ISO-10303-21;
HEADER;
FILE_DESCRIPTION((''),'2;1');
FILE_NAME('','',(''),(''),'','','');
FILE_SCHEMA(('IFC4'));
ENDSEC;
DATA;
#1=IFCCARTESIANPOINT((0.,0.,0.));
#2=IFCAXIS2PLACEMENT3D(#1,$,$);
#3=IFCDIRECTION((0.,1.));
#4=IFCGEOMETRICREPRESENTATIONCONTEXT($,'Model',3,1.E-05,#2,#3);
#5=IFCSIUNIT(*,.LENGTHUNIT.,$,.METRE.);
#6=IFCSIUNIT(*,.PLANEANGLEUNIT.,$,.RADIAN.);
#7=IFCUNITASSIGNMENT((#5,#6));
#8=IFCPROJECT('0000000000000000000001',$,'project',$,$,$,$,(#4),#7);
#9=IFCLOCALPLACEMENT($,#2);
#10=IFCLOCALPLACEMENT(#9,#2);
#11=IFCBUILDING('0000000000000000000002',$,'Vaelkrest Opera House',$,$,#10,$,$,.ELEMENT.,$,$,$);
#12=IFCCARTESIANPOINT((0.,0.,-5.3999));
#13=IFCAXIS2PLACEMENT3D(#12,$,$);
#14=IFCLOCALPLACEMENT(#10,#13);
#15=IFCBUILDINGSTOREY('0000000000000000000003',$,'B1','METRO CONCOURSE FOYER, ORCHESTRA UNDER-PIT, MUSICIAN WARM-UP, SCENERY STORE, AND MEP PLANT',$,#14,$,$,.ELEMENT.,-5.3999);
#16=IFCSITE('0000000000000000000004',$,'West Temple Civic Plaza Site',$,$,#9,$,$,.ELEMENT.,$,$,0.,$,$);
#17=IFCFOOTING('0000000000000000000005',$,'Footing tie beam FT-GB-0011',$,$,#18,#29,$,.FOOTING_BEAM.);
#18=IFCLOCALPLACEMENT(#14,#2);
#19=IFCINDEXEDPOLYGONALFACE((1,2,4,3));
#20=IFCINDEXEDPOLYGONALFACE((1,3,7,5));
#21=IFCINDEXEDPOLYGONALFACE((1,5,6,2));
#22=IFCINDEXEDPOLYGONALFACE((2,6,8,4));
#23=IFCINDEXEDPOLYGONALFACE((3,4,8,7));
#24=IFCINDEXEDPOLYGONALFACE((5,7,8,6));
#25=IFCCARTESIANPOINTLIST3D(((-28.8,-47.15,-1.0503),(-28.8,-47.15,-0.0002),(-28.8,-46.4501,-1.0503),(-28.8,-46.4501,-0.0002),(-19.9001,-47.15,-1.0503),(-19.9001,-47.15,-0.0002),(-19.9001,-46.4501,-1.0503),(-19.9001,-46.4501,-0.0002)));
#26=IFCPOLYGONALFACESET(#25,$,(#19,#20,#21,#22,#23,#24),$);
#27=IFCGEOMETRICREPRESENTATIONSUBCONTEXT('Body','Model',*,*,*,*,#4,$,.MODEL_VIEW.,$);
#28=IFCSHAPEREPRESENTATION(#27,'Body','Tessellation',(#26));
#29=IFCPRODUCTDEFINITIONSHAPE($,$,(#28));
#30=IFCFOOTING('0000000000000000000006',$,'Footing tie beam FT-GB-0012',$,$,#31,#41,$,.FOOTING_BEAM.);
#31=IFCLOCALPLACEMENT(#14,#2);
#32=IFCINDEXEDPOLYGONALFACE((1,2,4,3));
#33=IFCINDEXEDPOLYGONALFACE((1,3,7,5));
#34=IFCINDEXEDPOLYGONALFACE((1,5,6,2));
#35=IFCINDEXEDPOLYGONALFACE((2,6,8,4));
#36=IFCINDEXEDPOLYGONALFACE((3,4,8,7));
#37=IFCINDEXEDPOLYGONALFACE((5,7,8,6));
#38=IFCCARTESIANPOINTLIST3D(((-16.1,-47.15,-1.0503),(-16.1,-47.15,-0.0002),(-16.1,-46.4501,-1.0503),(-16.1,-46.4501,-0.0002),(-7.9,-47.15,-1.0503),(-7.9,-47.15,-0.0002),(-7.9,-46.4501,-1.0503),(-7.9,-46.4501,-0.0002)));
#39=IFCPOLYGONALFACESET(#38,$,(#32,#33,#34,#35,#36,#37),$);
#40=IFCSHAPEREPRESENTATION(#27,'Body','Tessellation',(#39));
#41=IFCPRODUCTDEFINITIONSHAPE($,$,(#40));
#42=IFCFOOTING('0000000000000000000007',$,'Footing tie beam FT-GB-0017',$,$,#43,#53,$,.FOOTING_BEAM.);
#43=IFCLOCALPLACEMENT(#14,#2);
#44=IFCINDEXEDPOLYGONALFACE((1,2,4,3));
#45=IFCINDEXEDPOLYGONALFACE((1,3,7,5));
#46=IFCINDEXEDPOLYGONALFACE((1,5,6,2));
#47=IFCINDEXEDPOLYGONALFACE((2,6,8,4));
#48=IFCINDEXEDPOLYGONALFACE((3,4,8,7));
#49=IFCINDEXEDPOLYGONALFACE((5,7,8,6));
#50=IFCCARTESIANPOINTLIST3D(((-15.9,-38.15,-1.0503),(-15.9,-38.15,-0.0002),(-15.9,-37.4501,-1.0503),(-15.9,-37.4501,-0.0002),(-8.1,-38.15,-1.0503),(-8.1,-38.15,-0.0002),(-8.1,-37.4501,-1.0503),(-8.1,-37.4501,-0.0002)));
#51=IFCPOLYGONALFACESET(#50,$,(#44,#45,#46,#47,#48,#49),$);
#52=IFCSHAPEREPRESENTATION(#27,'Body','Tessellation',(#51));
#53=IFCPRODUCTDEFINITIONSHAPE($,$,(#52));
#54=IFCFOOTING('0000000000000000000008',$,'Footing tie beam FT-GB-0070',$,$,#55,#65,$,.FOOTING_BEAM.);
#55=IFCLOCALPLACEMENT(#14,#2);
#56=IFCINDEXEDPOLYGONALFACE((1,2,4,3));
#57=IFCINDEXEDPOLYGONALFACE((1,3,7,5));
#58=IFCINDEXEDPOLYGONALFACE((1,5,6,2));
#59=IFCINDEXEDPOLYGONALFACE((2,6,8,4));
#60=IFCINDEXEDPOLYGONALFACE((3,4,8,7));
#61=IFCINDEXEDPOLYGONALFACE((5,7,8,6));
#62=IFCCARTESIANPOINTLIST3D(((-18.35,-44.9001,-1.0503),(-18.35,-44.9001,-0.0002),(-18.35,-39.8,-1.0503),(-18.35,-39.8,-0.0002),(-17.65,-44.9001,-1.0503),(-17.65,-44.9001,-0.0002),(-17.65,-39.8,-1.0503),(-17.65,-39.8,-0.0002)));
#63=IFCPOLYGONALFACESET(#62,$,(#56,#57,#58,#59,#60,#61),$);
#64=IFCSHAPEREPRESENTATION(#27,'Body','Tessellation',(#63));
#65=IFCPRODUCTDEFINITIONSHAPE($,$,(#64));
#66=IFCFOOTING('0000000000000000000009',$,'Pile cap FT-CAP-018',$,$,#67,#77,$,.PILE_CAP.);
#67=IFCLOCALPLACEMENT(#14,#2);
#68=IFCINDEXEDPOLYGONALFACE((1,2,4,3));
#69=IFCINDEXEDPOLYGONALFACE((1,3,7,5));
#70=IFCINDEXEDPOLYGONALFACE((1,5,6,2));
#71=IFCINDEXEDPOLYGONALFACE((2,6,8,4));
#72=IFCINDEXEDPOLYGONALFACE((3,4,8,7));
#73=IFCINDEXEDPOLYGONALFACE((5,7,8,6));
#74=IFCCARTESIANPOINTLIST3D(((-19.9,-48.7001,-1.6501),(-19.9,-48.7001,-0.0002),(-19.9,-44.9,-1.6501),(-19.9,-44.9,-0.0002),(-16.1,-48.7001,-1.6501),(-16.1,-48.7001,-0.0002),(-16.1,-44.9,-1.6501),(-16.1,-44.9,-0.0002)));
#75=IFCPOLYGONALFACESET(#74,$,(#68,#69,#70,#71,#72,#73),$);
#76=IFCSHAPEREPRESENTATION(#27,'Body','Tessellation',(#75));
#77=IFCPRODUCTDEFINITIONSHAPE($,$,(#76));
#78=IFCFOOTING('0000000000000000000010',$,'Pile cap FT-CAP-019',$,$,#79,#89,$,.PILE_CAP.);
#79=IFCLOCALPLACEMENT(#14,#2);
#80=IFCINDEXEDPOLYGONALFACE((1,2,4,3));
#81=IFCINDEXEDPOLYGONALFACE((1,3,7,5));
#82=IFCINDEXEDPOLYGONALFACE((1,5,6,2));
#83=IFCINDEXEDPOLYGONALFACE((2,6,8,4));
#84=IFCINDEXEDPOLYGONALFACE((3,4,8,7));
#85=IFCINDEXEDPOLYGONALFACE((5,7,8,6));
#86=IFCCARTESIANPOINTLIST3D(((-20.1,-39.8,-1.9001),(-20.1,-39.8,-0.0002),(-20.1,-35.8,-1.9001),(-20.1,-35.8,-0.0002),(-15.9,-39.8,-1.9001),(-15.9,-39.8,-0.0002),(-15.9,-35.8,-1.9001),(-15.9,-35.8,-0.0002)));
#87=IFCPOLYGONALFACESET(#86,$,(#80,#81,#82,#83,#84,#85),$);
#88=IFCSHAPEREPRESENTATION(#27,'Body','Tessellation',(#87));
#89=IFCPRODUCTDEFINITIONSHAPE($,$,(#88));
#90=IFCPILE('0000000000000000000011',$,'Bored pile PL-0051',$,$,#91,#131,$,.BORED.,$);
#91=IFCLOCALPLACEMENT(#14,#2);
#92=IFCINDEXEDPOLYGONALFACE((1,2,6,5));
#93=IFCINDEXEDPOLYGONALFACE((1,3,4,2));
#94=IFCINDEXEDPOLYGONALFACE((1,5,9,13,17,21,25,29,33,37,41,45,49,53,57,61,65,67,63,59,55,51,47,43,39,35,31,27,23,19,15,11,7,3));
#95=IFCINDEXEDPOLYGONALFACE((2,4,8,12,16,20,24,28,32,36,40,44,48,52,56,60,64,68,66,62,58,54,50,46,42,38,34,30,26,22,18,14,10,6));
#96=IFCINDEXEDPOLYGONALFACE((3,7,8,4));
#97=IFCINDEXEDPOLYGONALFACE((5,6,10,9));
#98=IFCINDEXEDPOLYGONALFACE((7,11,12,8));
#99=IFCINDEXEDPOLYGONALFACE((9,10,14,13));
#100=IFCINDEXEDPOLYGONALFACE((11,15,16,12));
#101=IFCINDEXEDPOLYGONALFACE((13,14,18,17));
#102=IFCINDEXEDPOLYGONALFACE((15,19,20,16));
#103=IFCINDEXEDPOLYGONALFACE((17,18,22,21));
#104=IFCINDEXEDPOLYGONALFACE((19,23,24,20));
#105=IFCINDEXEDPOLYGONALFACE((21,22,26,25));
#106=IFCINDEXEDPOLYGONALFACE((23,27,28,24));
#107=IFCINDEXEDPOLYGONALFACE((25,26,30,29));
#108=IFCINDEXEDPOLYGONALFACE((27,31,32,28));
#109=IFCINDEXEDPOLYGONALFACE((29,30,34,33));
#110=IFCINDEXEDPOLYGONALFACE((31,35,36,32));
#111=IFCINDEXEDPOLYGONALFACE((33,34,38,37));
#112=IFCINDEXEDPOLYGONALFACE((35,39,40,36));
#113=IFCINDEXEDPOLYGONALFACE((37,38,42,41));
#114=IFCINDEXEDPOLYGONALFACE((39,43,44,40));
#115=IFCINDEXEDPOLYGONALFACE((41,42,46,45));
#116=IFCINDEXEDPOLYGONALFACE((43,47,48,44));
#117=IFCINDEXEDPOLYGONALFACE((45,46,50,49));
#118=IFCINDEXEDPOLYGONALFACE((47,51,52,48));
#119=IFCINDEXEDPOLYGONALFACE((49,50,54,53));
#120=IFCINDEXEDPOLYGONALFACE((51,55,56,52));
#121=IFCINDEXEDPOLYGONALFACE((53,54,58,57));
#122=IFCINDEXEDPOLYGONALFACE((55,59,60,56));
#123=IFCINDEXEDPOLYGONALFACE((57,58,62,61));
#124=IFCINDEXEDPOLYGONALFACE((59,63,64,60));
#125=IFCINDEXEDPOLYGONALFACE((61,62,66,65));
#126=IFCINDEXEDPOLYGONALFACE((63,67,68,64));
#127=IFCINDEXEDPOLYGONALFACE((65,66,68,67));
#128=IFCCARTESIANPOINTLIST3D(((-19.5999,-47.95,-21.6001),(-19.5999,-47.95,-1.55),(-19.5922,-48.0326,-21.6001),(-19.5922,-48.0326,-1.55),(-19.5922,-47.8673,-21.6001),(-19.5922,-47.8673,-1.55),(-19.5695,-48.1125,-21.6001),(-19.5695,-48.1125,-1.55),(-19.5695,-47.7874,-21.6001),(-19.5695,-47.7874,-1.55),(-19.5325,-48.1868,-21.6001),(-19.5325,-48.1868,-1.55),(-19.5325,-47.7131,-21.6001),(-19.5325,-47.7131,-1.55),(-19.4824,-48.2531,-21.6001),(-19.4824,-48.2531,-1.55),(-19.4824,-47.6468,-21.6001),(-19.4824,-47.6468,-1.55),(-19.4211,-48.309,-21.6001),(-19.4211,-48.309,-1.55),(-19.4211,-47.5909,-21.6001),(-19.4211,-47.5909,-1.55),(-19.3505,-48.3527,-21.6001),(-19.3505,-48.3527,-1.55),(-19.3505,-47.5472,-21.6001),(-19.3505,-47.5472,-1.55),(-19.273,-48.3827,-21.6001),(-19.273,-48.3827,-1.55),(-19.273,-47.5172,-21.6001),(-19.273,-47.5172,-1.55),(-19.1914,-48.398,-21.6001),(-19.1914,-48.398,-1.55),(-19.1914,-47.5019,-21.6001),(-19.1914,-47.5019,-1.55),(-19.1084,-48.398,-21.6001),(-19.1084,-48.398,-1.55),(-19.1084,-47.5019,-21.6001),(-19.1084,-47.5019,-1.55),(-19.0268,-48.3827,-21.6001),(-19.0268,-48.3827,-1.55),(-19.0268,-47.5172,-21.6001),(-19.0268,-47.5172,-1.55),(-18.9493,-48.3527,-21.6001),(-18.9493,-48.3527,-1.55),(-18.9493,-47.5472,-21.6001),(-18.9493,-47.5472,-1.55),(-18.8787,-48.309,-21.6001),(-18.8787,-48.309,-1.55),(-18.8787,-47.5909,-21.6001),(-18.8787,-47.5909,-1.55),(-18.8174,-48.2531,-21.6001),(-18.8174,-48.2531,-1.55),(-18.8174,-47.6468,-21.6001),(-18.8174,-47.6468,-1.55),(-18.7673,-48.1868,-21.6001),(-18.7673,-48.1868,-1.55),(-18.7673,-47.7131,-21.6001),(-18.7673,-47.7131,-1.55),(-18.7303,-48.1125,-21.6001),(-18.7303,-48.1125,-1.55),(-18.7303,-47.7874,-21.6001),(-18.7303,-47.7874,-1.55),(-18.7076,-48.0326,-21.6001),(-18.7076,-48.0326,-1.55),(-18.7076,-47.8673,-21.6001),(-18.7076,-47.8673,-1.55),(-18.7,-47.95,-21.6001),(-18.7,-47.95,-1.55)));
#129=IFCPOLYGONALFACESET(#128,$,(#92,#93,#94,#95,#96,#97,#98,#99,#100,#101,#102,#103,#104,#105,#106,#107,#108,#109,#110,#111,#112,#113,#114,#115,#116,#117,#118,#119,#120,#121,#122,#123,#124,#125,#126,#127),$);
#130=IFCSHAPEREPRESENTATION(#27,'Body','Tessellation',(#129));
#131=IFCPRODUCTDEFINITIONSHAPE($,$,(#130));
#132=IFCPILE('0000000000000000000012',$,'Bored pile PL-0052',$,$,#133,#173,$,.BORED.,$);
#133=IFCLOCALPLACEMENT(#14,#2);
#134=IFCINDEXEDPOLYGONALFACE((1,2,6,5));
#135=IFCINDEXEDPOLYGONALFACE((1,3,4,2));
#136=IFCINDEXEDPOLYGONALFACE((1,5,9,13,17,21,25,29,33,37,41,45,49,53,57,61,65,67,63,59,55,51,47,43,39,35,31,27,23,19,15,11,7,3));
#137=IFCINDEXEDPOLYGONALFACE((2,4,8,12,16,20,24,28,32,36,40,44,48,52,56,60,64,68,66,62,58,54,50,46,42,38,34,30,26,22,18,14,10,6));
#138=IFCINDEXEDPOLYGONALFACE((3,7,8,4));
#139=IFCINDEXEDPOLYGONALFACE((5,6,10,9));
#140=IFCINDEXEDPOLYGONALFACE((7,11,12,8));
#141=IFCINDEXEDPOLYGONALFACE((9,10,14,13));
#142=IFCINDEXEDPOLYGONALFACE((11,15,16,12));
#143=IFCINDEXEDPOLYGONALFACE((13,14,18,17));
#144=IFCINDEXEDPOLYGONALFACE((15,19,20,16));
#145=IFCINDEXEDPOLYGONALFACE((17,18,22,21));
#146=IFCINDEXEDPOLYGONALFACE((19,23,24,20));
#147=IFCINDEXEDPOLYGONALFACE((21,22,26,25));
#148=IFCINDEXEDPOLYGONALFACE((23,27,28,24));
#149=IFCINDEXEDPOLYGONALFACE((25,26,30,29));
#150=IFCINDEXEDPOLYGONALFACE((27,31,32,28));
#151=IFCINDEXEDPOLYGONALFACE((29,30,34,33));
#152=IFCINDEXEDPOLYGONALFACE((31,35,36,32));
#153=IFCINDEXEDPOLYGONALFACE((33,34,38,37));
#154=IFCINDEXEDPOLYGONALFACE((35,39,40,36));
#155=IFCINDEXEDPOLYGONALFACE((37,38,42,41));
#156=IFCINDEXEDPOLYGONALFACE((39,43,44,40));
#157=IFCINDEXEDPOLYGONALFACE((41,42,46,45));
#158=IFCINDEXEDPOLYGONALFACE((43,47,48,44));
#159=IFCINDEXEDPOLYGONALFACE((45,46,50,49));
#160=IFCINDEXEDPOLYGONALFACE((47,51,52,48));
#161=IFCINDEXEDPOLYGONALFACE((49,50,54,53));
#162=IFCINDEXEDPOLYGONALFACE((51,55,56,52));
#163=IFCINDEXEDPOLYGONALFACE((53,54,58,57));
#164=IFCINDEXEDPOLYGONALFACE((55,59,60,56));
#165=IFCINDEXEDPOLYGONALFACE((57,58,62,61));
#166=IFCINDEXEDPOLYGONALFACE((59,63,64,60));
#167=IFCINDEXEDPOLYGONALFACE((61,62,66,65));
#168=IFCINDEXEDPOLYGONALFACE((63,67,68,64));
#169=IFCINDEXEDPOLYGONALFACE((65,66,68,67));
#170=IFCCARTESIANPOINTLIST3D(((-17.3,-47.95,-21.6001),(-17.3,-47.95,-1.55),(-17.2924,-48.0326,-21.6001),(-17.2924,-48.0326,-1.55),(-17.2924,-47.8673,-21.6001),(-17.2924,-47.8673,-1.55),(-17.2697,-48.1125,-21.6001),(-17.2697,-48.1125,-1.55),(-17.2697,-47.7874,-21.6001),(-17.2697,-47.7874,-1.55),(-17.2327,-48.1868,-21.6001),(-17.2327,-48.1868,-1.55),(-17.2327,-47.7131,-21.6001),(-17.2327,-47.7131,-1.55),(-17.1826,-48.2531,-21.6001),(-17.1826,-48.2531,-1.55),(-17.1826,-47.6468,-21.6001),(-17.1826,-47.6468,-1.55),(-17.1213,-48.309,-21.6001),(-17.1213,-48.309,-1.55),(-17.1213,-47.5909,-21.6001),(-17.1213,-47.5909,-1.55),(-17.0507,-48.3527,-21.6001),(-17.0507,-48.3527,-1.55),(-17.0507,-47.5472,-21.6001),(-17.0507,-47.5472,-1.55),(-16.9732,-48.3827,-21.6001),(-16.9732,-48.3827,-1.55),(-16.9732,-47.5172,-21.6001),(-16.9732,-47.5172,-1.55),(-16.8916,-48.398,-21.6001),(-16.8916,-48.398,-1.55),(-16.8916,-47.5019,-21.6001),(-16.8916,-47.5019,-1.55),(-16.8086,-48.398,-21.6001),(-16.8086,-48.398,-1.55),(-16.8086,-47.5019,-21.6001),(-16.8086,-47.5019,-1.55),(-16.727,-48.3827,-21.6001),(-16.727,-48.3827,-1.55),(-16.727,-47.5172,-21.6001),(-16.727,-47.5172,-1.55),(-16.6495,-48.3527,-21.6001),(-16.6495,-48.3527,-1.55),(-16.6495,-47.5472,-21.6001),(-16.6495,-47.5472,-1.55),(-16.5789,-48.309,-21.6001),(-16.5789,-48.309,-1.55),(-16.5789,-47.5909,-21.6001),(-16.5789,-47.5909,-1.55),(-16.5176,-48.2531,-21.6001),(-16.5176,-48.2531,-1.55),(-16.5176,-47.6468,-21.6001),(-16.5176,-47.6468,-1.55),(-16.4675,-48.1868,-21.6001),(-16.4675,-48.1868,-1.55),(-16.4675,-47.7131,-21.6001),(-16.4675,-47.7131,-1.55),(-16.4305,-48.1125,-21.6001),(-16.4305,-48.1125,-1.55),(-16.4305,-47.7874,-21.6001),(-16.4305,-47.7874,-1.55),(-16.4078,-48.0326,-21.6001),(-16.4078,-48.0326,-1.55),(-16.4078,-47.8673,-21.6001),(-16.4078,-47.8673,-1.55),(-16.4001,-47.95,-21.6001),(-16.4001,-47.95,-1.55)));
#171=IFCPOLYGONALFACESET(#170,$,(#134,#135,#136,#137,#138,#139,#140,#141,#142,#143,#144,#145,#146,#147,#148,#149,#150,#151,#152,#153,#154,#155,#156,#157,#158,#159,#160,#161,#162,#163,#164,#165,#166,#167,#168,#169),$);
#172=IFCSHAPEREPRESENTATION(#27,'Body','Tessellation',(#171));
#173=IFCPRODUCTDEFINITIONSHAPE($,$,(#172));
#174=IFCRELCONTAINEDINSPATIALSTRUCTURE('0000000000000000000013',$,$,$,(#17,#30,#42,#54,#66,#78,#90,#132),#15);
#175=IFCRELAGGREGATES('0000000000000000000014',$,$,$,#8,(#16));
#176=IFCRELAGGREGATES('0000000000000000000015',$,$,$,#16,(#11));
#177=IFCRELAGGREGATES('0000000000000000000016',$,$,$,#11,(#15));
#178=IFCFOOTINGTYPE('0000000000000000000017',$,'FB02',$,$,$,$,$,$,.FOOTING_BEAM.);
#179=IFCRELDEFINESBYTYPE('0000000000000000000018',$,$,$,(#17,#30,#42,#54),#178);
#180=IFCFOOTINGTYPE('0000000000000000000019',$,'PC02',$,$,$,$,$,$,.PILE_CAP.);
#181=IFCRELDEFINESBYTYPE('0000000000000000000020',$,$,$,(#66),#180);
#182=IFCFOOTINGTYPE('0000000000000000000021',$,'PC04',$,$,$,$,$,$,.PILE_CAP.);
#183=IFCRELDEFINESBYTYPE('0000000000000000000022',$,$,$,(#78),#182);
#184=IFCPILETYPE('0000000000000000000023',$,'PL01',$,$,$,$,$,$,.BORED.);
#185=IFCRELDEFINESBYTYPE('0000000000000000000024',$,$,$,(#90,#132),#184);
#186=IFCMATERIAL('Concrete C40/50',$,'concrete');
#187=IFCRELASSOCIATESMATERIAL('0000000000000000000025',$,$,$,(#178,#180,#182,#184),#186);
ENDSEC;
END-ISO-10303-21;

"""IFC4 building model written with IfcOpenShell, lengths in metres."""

from ifc_helpers import new_model, si_unit, direction, frame, origin, origin_2d, place, context, subcontext, project, spatial, rectangle, circle, extrude, material, material_profile, profile_set, type_object, element, save


model = new_model("IFC4")

# Units and contexts
model_context = context("Model", 3, precision=1e-05, world=origin(), true_north=direction((0.0, 1.0)))
body_context = subcontext(model_context, "Body", "Model", "MODEL_VIEW")
ifc_project = project(units=[si_unit("LENGTHUNIT", "METRE"), si_unit("PLANEANGLEUNIT", "RADIAN")], contexts=[model_context])

# Site, building, storey
site_placement = place(None, origin())
site = spatial("IfcSite", under=ifc_project, at=site_placement, Name="West Temple Civic Plaza Site", CompositionType="ELEMENT", RefElevation=0.0)
building_placement = place(site_placement, origin())
building = spatial("IfcBuilding", under=site, at=building_placement, Name="Vaelkrest Opera House", CompositionType="ELEMENT")
storey_placement = place(building_placement, frame((0.0, 0.0, -5.3999)))
storey = spatial("IfcBuildingStorey", under=building, at=storey_placement, Name="B1", Description="METRO CONCOURSE FOYER, ORCHESTRA UNDER-PIT, MUSICIAN WARM-UP, SCENERY STORE, AND MEP PLANT", CompositionType="ELEMENT", Elevation=-5.3999)

# Footings
ifc_material_1 = material(Name="Concrete C40/50", Category="concrete")
footing_type_1 = type_object("IfcFootingType", Name="FB02", PredefinedType="FOOTING_BEAM", material=ifc_material_1)
footing_1_placement = place(storey_placement, frame((-24.3501, -46.8, -1.0503), z_axis=(0.0, 0.0, 1.0), x_axis=(1.0, 0.0, 0.0)))
element("IfcFooting", 1, at=footing_1_placement, inside=storey, type_object=footing_type_1, Name="Footing tie beam FT-GB-0011", PredefinedType="FOOTING_BEAM", context=body_context, shape_type="SweptSolid", body=[
    extrude(rectangle(XDim=8.8999, YDim=0.7, at=origin_2d()), origin(), (0.0, 0.0, 1.0), 1.05),
])
footing_2_placement = place(storey_placement, frame((-12.0, -46.8, -1.0503), z_axis=(0.0, 0.0, 1.0), x_axis=(1.0, 0.0, 0.0)))
element("IfcFooting", 2, at=footing_2_placement, inside=storey, type_object=footing_type_1, Name="Footing tie beam FT-GB-0012", PredefinedType="FOOTING_BEAM", context=body_context, shape_type="SweptSolid", body=[
    extrude(rectangle(XDim=8.2, YDim=0.7, at=origin_2d()), origin(), (0.0, 0.0, 1.0), 1.05),
])
footing_3_placement = place(storey_placement, frame((-12.0, -37.8, -1.0503), z_axis=(0.0, 0.0, 1.0), x_axis=(1.0, 0.0, 0.0)))
element("IfcFooting", 3, at=footing_3_placement, inside=storey, type_object=footing_type_1, Name="Footing tie beam FT-GB-0017", PredefinedType="FOOTING_BEAM", context=body_context, shape_type="SweptSolid", body=[
    extrude(rectangle(XDim=7.8, YDim=0.7, at=origin_2d()), origin(), (0.0, 0.0, 1.0), 1.05),
])
footing_4_placement = place(storey_placement, frame((-18.0, -42.3501, -1.0503), z_axis=(0.0, 0.0, 1.0), x_axis=(0.0, 1.0, 0.0)))
element("IfcFooting", 4, at=footing_4_placement, inside=storey, type_object=footing_type_1, Name="Footing tie beam FT-GB-0070", PredefinedType="FOOTING_BEAM", context=body_context, shape_type="SweptSolid", body=[
    extrude(rectangle(XDim=5.1001, YDim=0.7, at=origin_2d()), origin(), (0.0, 0.0, 1.0), 1.05),
])
footing_type_2 = type_object("IfcFootingType", Name="PC02", PredefinedType="PILE_CAP", material=ifc_material_1)
footing_5_placement = place(storey_placement, frame((-18.0, -46.8, -1.6501), z_axis=(0.0, 0.0, 1.0), x_axis=(1.0, 0.0, 0.0)))
element("IfcFooting", 5, at=footing_5_placement, inside=storey, type_object=footing_type_2, Name="Pile cap FT-CAP-018", PredefinedType="PILE_CAP", context=body_context, shape_type="SweptSolid", body=[
    extrude(rectangle(XDim=3.8, YDim=3.8, at=origin_2d()), origin(), (0.0, 0.0, 1.0), 1.6499),
])
footing_type_3 = type_object("IfcFootingType", Name="PC04", PredefinedType="PILE_CAP", material=ifc_material_1)
footing_6_placement = place(storey_placement, frame((-18.0, -37.8, -1.9001), z_axis=(0.0, 0.0, 1.0), x_axis=(1.0, 0.0, 0.0)))
element("IfcFooting", 6, at=footing_6_placement, inside=storey, type_object=footing_type_3, Name="Pile cap FT-CAP-019", PredefinedType="PILE_CAP", context=body_context, shape_type="SweptSolid", body=[
    extrude(rectangle(XDim=4.2, YDim=4.0, at=origin_2d()), origin(), (0.0, 0.0, 1.0), 1.8999),
])

# Piles
ifc_material_profile_1 = material_profile(ifc_material_1, circle(Radius=0.45, at=origin_2d()), Name="PILE900")
ifc_profile_set_1 = profile_set([ifc_material_profile_1], Name="Concrete C40/50")
pile_type = type_object("IfcPileType", Name="PL01", PredefinedType="BORED", material=ifc_profile_set_1)
for number, where, z_axis, x_axis, name in (
    (7, (-19.1499, -47.95, -1.55), (0.0, 0.0, -1.0), (1.0, 0.0, 0.0), "Bored pile PL-0051"),
    (8, (-16.8501, -47.95, -1.55), (0.0, 0.0, -1.0), (1.0, 0.0, 0.0), "Bored pile PL-0052"),
):
    element("IfcPile", number, at=place(storey_placement, frame(where, z_axis=z_axis, x_axis=x_axis)), inside=storey, type_object=pile_type, Name=name, PredefinedType="BORED", context=body_context, shape_type="SweptSolid", body=[
        extrude(circle(Radius=0.45, at=origin_2d()), origin(), (0.0, 0.0, 1.0), 20.05),
    ])

save(model, "model.ifc")
